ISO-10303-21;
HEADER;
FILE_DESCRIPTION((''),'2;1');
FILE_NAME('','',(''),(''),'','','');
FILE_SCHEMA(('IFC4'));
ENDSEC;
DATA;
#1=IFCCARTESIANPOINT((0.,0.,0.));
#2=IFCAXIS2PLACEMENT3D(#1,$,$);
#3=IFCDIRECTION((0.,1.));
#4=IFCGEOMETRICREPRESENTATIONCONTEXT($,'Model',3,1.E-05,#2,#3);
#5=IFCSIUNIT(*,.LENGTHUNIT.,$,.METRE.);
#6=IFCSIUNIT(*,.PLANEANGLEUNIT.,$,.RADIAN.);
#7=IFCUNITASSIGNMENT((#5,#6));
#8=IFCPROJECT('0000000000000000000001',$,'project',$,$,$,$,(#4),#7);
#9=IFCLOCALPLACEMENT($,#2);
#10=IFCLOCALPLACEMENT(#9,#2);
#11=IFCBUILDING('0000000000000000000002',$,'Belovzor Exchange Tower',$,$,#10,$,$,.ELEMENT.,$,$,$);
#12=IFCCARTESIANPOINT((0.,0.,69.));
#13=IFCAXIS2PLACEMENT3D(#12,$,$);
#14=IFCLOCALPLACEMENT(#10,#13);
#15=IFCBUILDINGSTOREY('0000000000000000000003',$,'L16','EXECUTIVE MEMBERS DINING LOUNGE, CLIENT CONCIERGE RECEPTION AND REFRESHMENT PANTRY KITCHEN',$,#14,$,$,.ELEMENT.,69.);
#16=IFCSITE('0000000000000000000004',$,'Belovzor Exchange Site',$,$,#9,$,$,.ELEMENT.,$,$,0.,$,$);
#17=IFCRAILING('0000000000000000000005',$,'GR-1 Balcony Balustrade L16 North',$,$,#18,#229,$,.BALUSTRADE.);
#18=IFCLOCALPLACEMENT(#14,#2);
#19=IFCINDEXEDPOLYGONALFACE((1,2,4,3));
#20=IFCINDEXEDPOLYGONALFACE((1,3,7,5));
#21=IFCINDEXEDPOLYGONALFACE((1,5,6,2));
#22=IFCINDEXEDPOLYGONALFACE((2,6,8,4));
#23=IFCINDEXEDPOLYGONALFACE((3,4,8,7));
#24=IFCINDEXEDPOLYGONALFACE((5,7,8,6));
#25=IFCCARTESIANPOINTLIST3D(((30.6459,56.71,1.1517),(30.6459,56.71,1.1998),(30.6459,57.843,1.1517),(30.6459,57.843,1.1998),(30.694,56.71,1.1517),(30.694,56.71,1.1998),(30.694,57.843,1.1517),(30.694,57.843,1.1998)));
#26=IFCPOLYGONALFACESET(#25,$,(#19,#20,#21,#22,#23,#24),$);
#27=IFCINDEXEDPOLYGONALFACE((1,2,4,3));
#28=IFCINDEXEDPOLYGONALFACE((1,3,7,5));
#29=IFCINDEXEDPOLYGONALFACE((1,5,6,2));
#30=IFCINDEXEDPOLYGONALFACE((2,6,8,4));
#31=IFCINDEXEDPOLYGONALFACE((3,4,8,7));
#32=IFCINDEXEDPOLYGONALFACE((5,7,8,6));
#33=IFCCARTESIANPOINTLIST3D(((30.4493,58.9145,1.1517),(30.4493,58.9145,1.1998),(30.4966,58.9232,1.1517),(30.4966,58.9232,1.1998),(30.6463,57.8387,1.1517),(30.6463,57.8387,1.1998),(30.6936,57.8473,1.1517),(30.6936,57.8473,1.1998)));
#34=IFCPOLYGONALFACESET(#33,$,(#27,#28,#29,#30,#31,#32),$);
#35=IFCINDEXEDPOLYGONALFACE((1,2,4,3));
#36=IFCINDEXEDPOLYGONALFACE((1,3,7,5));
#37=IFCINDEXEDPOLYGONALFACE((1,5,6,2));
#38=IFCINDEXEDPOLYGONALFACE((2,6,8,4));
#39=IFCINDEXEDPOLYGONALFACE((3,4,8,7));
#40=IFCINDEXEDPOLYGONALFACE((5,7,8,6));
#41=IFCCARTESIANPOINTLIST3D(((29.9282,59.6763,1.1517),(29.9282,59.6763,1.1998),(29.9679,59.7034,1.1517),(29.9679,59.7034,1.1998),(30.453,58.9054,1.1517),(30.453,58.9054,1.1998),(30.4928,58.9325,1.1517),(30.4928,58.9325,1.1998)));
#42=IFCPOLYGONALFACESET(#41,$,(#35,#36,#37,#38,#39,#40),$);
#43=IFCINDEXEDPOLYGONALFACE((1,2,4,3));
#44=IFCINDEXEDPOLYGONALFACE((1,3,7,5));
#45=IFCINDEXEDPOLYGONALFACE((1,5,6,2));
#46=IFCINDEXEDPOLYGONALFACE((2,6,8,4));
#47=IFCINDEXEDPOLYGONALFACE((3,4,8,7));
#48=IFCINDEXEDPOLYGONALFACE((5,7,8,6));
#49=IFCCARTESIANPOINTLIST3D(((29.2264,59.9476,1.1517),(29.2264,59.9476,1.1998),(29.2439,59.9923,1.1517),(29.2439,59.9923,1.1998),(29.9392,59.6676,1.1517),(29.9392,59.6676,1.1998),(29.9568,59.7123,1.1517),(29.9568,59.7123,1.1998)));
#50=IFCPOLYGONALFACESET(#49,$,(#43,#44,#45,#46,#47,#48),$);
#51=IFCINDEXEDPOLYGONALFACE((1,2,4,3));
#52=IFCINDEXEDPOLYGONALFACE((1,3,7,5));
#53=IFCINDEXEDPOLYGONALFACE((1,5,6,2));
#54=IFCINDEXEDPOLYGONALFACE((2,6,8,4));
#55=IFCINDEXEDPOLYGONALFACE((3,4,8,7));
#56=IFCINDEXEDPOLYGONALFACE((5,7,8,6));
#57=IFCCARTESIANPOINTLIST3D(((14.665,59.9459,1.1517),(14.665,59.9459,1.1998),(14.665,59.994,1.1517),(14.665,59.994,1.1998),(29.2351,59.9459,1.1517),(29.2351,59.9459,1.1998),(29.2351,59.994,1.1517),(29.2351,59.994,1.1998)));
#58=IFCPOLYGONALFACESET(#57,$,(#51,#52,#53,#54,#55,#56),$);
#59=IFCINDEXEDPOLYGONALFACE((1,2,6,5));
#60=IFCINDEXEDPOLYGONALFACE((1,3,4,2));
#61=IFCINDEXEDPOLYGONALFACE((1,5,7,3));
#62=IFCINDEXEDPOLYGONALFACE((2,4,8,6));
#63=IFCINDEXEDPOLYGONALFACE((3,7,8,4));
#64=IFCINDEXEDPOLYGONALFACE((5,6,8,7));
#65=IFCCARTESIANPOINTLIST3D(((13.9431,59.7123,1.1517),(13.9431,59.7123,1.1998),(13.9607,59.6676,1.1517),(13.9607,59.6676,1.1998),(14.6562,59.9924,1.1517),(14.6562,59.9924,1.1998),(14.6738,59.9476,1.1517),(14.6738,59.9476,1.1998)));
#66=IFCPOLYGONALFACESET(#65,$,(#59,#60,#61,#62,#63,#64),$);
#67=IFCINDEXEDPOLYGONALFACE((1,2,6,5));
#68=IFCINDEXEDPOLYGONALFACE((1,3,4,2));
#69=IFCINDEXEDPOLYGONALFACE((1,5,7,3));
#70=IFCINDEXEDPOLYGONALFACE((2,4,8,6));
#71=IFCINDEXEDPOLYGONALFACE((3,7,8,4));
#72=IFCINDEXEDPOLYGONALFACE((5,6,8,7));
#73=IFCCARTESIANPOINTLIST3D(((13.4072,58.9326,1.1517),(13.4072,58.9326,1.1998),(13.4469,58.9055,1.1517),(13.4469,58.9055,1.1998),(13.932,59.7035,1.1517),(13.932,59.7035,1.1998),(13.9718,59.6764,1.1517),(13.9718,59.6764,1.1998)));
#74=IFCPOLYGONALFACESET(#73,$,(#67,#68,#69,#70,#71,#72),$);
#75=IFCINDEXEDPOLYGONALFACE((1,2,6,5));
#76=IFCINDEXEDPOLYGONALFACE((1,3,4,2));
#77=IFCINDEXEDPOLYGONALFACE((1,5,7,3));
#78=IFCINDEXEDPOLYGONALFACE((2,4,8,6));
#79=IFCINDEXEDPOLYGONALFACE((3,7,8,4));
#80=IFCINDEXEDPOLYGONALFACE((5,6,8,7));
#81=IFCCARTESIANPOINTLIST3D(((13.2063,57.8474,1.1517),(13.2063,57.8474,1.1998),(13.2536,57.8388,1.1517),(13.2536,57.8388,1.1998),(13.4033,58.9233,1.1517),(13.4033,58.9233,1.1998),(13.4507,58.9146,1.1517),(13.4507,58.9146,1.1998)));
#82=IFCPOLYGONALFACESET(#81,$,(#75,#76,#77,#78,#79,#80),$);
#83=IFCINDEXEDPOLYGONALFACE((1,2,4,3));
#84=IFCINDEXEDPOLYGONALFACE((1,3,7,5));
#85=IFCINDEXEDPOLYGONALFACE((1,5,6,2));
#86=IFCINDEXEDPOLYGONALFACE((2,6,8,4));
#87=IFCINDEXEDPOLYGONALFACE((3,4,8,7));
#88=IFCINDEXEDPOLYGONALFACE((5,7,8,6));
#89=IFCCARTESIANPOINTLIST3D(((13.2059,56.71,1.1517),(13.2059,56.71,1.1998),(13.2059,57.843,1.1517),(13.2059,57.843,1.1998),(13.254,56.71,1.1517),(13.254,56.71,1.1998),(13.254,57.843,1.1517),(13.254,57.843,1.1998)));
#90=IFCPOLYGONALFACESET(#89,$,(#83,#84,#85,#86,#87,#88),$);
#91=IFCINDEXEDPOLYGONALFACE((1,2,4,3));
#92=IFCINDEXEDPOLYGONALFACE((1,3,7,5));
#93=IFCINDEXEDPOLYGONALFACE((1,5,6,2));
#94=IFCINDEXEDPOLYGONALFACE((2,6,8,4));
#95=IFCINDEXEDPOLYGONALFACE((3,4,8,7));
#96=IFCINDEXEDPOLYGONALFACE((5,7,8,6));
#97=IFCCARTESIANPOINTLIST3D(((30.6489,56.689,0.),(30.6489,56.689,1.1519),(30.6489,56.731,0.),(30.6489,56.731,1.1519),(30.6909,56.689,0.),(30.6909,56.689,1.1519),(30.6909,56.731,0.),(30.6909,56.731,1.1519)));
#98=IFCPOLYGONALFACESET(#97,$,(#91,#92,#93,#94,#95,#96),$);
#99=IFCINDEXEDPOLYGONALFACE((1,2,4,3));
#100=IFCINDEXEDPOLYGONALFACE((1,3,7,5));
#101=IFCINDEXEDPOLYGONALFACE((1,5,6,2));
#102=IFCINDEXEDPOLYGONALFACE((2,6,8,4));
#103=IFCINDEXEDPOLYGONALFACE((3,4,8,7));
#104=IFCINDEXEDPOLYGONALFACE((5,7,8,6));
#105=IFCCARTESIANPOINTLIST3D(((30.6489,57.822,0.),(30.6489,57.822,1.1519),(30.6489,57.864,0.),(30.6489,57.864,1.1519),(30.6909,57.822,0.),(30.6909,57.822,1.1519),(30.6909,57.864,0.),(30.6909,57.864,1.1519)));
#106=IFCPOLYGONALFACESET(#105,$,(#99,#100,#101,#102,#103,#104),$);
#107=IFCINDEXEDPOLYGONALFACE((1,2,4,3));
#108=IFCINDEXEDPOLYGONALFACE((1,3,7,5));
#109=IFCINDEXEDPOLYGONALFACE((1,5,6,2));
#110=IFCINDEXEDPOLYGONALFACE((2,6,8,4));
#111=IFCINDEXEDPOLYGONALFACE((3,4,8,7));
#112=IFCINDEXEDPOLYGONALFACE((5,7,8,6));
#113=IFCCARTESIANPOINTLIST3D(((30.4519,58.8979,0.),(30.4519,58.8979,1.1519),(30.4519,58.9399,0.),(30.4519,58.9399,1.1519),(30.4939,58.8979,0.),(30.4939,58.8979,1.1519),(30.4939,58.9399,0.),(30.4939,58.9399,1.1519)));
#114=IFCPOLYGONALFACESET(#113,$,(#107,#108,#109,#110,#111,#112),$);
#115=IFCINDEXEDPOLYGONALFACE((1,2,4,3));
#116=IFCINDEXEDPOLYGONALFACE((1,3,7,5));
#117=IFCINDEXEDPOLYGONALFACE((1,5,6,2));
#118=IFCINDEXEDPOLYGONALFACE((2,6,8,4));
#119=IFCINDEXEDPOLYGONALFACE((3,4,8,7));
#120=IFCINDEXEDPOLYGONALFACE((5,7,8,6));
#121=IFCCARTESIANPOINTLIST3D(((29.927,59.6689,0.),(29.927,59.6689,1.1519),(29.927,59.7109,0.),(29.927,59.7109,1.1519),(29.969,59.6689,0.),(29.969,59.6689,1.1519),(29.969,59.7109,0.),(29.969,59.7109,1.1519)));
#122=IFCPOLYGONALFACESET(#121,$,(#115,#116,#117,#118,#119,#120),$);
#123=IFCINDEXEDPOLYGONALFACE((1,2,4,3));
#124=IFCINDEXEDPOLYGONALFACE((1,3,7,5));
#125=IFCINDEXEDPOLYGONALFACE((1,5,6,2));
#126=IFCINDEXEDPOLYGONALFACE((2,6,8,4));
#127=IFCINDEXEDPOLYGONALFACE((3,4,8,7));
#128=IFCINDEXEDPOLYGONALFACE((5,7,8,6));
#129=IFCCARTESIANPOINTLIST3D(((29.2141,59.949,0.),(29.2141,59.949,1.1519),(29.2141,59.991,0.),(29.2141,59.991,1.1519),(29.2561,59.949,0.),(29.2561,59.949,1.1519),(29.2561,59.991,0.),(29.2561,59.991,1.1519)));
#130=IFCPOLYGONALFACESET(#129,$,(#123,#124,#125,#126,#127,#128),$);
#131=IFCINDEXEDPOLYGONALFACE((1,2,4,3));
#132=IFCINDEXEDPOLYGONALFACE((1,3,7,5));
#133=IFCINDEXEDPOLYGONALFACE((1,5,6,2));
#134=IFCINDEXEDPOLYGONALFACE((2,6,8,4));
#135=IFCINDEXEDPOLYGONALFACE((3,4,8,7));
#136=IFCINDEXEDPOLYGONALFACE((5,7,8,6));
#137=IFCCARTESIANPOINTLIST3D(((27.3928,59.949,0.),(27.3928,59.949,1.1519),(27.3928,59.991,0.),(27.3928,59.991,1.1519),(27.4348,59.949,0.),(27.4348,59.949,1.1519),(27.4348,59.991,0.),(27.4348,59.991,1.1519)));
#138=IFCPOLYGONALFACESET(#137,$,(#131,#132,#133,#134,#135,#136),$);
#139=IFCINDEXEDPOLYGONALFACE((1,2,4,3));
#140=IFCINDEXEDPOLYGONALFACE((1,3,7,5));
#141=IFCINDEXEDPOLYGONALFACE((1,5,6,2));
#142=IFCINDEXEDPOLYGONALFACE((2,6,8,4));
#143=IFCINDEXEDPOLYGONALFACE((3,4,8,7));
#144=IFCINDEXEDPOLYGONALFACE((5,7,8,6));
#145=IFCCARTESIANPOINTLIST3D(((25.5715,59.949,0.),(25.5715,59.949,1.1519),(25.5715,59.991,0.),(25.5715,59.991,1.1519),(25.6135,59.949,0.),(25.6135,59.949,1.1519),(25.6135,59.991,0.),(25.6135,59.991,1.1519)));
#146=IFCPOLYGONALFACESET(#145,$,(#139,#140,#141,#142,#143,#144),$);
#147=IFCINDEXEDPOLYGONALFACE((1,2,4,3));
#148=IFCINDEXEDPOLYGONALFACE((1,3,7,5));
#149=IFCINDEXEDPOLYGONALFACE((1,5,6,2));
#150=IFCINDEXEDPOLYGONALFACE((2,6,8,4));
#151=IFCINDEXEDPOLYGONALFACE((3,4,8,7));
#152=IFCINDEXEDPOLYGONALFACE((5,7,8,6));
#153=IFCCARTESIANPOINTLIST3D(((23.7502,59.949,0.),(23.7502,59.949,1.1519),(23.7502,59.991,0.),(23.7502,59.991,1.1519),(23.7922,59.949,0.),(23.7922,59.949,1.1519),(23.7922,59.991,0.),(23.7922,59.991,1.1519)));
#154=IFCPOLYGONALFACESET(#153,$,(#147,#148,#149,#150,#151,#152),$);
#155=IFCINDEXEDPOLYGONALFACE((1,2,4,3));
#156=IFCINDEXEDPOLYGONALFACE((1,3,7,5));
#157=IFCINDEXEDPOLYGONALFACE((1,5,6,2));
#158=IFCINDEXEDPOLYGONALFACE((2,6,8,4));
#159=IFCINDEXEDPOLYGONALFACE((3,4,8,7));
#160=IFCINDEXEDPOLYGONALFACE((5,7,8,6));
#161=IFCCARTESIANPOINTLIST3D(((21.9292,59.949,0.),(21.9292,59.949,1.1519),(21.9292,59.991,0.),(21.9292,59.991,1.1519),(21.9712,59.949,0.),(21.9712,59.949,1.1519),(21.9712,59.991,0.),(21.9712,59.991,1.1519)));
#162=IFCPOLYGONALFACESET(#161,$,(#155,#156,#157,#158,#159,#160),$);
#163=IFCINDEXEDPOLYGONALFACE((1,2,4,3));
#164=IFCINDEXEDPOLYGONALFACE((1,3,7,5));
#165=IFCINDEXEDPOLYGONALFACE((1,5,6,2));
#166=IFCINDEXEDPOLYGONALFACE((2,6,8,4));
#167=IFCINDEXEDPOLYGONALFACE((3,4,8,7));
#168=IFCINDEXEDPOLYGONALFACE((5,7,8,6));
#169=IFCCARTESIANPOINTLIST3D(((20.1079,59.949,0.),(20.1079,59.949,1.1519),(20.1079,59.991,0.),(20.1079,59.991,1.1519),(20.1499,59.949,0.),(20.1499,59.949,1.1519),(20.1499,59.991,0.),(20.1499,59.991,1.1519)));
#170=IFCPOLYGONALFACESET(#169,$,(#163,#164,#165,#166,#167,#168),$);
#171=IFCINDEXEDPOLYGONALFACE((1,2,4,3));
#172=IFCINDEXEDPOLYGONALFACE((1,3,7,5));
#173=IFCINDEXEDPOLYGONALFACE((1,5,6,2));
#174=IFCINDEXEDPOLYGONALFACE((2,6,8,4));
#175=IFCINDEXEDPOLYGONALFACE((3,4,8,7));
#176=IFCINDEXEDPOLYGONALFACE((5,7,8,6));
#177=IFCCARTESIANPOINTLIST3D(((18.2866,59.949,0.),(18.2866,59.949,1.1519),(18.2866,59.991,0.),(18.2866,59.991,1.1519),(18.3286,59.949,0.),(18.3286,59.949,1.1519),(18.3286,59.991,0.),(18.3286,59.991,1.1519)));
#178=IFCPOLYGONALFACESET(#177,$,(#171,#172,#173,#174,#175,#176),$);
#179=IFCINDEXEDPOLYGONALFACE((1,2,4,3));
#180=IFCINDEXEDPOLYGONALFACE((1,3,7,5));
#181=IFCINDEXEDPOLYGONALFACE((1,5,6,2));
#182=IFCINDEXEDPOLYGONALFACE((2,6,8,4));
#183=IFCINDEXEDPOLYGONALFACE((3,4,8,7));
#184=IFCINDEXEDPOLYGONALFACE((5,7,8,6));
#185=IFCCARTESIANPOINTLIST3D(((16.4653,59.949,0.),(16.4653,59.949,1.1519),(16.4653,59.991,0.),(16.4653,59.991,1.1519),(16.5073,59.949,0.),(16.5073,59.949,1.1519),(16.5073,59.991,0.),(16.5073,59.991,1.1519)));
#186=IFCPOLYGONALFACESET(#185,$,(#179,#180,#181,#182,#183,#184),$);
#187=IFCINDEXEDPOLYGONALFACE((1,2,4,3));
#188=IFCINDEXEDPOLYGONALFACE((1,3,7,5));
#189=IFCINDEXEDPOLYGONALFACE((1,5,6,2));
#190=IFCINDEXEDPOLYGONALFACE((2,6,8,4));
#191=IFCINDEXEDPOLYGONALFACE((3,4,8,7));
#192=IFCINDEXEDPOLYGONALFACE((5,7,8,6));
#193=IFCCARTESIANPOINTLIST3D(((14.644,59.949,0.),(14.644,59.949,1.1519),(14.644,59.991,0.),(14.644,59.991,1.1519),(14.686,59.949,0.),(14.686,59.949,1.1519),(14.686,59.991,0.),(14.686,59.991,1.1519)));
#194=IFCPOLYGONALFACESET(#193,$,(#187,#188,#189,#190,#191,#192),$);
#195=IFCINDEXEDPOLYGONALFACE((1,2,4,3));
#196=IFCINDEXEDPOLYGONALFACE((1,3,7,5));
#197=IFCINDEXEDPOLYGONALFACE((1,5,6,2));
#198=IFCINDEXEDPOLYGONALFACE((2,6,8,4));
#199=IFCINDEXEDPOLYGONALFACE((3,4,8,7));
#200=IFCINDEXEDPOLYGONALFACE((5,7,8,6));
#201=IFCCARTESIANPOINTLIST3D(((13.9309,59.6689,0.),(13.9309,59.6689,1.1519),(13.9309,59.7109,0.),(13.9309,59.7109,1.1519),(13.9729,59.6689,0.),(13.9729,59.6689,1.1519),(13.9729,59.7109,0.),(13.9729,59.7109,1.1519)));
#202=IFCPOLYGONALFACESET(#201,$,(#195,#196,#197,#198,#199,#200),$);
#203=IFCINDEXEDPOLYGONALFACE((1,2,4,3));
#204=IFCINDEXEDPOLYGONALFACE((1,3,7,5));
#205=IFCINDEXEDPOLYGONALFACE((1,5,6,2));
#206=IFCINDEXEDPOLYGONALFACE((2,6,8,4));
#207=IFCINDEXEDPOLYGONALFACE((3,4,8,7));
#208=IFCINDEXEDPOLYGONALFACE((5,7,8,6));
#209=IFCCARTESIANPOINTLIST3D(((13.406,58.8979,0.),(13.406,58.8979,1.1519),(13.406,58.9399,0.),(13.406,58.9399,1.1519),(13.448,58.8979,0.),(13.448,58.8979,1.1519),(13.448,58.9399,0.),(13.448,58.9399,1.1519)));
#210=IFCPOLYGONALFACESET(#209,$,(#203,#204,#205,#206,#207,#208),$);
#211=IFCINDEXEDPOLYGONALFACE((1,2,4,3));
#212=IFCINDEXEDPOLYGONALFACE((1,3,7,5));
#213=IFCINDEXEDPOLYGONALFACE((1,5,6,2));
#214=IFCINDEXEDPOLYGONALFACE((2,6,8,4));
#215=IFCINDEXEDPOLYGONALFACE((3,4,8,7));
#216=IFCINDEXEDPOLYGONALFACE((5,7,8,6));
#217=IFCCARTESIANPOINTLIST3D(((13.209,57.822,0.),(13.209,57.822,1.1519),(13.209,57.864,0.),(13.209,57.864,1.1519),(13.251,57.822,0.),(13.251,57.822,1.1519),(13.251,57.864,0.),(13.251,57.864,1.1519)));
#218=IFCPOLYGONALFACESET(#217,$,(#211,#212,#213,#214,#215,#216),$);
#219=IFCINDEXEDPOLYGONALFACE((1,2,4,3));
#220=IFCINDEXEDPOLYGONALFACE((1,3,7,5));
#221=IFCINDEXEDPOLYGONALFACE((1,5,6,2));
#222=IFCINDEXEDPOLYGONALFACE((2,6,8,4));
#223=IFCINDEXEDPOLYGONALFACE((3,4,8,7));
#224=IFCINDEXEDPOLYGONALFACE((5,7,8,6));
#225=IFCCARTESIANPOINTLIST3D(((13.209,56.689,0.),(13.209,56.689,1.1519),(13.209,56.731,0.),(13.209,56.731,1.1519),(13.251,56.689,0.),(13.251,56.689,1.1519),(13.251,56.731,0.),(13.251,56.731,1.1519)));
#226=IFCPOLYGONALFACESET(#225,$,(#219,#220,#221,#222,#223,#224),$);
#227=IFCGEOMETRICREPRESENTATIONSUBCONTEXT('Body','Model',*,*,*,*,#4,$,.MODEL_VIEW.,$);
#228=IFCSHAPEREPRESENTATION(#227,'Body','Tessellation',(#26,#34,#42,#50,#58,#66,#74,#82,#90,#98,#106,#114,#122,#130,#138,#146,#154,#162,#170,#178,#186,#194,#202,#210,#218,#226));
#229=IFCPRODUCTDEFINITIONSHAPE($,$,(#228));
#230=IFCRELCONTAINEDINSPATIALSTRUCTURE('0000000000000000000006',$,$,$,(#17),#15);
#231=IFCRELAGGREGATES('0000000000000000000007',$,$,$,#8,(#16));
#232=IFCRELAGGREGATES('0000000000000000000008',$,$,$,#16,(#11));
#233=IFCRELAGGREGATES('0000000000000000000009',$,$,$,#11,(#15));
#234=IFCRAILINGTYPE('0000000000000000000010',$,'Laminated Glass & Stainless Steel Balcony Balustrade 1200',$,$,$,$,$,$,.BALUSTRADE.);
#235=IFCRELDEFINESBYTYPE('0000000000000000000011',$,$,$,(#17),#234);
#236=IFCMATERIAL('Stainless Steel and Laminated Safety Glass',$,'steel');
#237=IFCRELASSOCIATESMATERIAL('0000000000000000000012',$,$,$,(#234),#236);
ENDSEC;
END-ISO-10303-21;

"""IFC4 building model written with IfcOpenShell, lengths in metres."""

from ifc_helpers import new_model, si_unit, direction, frame, origin, origin_2d, place, context, subcontext, project, spatial, rectangle, extrude, material, type_object, element, save


model = new_model("IFC4")

# Units and contexts
model_context = context("Model", 3, precision=1e-05, world=origin(), true_north=direction((0.0, 1.0)))
body_context = subcontext(model_context, "Body", "Model", "MODEL_VIEW")
ifc_project = project(units=[si_unit("LENGTHUNIT", "METRE"), si_unit("PLANEANGLEUNIT", "RADIAN")], contexts=[model_context])

# Site, building, storey
site_placement = place(None, origin())
site = spatial("IfcSite", under=ifc_project, at=site_placement, Name="Belovzor Exchange Site", CompositionType="ELEMENT", RefElevation=0.0)
building_placement = place(site_placement, origin())
building = spatial("IfcBuilding", under=site, at=building_placement, Name="Belovzor Exchange Tower", CompositionType="ELEMENT")
storey_placement = place(building_placement, frame((0.0, 0.0, 69.0)))
storey = spatial("IfcBuildingStorey", under=building, at=storey_placement, Name="L16", Description="EXECUTIVE MEMBERS DINING LOUNGE, CLIENT CONCIERGE RECEPTION AND REFRESHMENT PANTRY KITCHEN", CompositionType="ELEMENT", Elevation=69.0)

# Railing
ifc_material_1 = material(Name="Stainless Steel and Laminated Safety Glass", Category="steel")
railing_type = type_object("IfcRailingType", Name="Laminated Glass & Stainless Steel Balcony Balustrade 1200", PredefinedType="BALUSTRADE", material=ifc_material_1)
railing_placement = place(storey_placement, frame((30.6699, 56.71, 0.0)))
element("IfcRailing", 1, at=railing_placement, inside=storey, type_object=railing_type, Name="GR-1 Balcony Balustrade L16 North", PredefinedType="BALUSTRADE", context=body_context, shape_type="SweptSolid", body=[
    extrude(rectangle(XDim=0.0481, YDim=0.0481, at=origin_2d()), frame((0.0, 0.0, 1.1758), z_axis=(0.0, 1.0, 0.0), x_axis=(-1.0, 0.0, 0.0)), (0.0, 0.0, 1.0), 1.1331),
    extrude(rectangle(XDim=0.0481, YDim=0.0481, at=origin_2d()), frame((0.0, 1.1331, 1.1758), z_axis=(-0.180123, 0.983644, 0.0), x_axis=(-0.983644, -0.180123, 0.0)), (0.0, 0.0, 1.0), 1.0938),
    extrude(rectangle(XDim=0.0481, YDim=0.0481, at=origin_2d()), frame((-0.197, 2.209, 1.1758), z_axis=(-0.562768, 0.826615, 0.0), x_axis=(-0.826615, -0.562768, 0.0)), (0.0, 0.0, 1.0), 0.9326),
    extrude(rectangle(XDim=0.0481, YDim=0.0481, at=origin_2d()), frame((-0.7219, 2.98, 1.1758), z_axis=(-0.930767, 0.365613, 0.0), x_axis=(-0.365613, -0.930767, 0.0)), (0.0, 0.0, 1.0), 0.7659),
    extrude(rectangle(XDim=0.0481, YDim=0.0481, at=origin_2d()), frame((-1.4348, 3.26, 1.1758), z_axis=(-1.0, 0.0, 0.0), x_axis=(0.0, -1.0, 0.0)), (0.0, 0.0, 1.0), 14.5701),
    extrude(rectangle(XDim=0.0481, YDim=0.0481, at=origin_2d()), frame((-16.0049, 3.26, 1.1758), z_axis=(-0.93081, -0.365504, 0.0), x_axis=(0.365504, -0.93081, 0.0)), (0.0, 0.0, 1.0), 0.7661),
    extrude(rectangle(XDim=0.0481, YDim=0.0481, at=origin_2d()), frame((-16.718, 2.98, 1.1758), z_axis=(-0.562768, -0.826615, 0.0), x_axis=(0.826615, -0.562768, 0.0)), (0.0, 0.0, 1.0), 0.9326),
    extrude(rectangle(XDim=0.0481, YDim=0.0481, at=origin_2d()), frame((-17.2429, 2.209, 1.1758), z_axis=(-0.180123, -0.983644, 0.0), x_axis=(0.983644, -0.180123, 0.0)), (0.0, 0.0, 1.0), 1.0938),
    extrude(rectangle(XDim=0.0481, YDim=0.0481, at=origin_2d()), frame((-17.4399, 1.1331, 1.1758), z_axis=(0.0, -1.0, 0.0), x_axis=(1.0, 0.0, 0.0)), (0.0, 0.0, 1.0), 1.1331),
    extrude(rectangle(XDim=0.042, YDim=0.042, at=origin_2d()), origin(), (0.0, 0.0, 1.0), 1.1519),
    extrude(rectangle(XDim=0.042, YDim=0.042, at=origin_2d()), frame((0.0, 1.1331, 0.0)), (0.0, 0.0, 1.0), 1.1519),
    extrude(rectangle(XDim=0.042, YDim=0.042, at=origin_2d()), frame((-0.197, 2.209, 0.0)), (0.0, 0.0, 1.0), 1.1519),
    extrude(rectangle(XDim=0.042, YDim=0.042, at=origin_2d()), frame((-0.7219, 2.98, 0.0)), (0.0, 0.0, 1.0), 1.1519),
    extrude(rectangle(XDim=0.042, YDim=0.042, at=origin_2d()), frame((-1.4348, 3.26, 0.0)), (0.0, 0.0, 1.0), 1.1519),
    extrude(rectangle(XDim=0.042, YDim=0.042, at=origin_2d()), frame((-3.2561, 3.26, 0.0)), (0.0, 0.0, 1.0), 1.1519),
    extrude(rectangle(XDim=0.042, YDim=0.042, at=origin_2d()), frame((-5.0774, 3.26, 0.0)), (0.0, 0.0, 1.0), 1.1519),
    extrude(rectangle(XDim=0.042, YDim=0.042, at=origin_2d()), frame((-6.8987, 3.26, 0.0)), (0.0, 0.0, 1.0), 1.1519),
    extrude(rectangle(XDim=0.042, YDim=0.042, at=origin_2d()), frame((-8.7197, 3.26, 0.0)), (0.0, 0.0, 1.0), 1.1519),
    extrude(rectangle(XDim=0.042, YDim=0.042, at=origin_2d()), frame((-10.541, 3.26, 0.0)), (0.0, 0.0, 1.0), 1.1519),
    extrude(rectangle(XDim=0.042, YDim=0.042, at=origin_2d()), frame((-12.3623, 3.26, 0.0)), (0.0, 0.0, 1.0), 1.1519),
    extrude(rectangle(XDim=0.042, YDim=0.042, at=origin_2d()), frame((-14.1836, 3.26, 0.0)), (0.0, 0.0, 1.0), 1.1519),
    extrude(rectangle(XDim=0.042, YDim=0.042, at=origin_2d()), frame((-16.0049, 3.26, 0.0)), (0.0, 0.0, 1.0), 1.1519),
    extrude(rectangle(XDim=0.042, YDim=0.042, at=origin_2d()), frame((-16.718, 2.98, 0.0)), (0.0, 0.0, 1.0), 1.1519),
    extrude(rectangle(XDim=0.042, YDim=0.042, at=origin_2d()), frame((-17.2429, 2.209, 0.0)), (0.0, 0.0, 1.0), 1.1519),
    extrude(rectangle(XDim=0.042, YDim=0.042, at=origin_2d()), frame((-17.4399, 1.1331, 0.0)), (0.0, 0.0, 1.0), 1.1519),
    extrude(rectangle(XDim=0.042, YDim=0.042, at=origin_2d()), frame((-17.4399, 0.0, 0.0)), (0.0, 0.0, 1.0), 1.1519),
])

save(model, "model.ifc")
